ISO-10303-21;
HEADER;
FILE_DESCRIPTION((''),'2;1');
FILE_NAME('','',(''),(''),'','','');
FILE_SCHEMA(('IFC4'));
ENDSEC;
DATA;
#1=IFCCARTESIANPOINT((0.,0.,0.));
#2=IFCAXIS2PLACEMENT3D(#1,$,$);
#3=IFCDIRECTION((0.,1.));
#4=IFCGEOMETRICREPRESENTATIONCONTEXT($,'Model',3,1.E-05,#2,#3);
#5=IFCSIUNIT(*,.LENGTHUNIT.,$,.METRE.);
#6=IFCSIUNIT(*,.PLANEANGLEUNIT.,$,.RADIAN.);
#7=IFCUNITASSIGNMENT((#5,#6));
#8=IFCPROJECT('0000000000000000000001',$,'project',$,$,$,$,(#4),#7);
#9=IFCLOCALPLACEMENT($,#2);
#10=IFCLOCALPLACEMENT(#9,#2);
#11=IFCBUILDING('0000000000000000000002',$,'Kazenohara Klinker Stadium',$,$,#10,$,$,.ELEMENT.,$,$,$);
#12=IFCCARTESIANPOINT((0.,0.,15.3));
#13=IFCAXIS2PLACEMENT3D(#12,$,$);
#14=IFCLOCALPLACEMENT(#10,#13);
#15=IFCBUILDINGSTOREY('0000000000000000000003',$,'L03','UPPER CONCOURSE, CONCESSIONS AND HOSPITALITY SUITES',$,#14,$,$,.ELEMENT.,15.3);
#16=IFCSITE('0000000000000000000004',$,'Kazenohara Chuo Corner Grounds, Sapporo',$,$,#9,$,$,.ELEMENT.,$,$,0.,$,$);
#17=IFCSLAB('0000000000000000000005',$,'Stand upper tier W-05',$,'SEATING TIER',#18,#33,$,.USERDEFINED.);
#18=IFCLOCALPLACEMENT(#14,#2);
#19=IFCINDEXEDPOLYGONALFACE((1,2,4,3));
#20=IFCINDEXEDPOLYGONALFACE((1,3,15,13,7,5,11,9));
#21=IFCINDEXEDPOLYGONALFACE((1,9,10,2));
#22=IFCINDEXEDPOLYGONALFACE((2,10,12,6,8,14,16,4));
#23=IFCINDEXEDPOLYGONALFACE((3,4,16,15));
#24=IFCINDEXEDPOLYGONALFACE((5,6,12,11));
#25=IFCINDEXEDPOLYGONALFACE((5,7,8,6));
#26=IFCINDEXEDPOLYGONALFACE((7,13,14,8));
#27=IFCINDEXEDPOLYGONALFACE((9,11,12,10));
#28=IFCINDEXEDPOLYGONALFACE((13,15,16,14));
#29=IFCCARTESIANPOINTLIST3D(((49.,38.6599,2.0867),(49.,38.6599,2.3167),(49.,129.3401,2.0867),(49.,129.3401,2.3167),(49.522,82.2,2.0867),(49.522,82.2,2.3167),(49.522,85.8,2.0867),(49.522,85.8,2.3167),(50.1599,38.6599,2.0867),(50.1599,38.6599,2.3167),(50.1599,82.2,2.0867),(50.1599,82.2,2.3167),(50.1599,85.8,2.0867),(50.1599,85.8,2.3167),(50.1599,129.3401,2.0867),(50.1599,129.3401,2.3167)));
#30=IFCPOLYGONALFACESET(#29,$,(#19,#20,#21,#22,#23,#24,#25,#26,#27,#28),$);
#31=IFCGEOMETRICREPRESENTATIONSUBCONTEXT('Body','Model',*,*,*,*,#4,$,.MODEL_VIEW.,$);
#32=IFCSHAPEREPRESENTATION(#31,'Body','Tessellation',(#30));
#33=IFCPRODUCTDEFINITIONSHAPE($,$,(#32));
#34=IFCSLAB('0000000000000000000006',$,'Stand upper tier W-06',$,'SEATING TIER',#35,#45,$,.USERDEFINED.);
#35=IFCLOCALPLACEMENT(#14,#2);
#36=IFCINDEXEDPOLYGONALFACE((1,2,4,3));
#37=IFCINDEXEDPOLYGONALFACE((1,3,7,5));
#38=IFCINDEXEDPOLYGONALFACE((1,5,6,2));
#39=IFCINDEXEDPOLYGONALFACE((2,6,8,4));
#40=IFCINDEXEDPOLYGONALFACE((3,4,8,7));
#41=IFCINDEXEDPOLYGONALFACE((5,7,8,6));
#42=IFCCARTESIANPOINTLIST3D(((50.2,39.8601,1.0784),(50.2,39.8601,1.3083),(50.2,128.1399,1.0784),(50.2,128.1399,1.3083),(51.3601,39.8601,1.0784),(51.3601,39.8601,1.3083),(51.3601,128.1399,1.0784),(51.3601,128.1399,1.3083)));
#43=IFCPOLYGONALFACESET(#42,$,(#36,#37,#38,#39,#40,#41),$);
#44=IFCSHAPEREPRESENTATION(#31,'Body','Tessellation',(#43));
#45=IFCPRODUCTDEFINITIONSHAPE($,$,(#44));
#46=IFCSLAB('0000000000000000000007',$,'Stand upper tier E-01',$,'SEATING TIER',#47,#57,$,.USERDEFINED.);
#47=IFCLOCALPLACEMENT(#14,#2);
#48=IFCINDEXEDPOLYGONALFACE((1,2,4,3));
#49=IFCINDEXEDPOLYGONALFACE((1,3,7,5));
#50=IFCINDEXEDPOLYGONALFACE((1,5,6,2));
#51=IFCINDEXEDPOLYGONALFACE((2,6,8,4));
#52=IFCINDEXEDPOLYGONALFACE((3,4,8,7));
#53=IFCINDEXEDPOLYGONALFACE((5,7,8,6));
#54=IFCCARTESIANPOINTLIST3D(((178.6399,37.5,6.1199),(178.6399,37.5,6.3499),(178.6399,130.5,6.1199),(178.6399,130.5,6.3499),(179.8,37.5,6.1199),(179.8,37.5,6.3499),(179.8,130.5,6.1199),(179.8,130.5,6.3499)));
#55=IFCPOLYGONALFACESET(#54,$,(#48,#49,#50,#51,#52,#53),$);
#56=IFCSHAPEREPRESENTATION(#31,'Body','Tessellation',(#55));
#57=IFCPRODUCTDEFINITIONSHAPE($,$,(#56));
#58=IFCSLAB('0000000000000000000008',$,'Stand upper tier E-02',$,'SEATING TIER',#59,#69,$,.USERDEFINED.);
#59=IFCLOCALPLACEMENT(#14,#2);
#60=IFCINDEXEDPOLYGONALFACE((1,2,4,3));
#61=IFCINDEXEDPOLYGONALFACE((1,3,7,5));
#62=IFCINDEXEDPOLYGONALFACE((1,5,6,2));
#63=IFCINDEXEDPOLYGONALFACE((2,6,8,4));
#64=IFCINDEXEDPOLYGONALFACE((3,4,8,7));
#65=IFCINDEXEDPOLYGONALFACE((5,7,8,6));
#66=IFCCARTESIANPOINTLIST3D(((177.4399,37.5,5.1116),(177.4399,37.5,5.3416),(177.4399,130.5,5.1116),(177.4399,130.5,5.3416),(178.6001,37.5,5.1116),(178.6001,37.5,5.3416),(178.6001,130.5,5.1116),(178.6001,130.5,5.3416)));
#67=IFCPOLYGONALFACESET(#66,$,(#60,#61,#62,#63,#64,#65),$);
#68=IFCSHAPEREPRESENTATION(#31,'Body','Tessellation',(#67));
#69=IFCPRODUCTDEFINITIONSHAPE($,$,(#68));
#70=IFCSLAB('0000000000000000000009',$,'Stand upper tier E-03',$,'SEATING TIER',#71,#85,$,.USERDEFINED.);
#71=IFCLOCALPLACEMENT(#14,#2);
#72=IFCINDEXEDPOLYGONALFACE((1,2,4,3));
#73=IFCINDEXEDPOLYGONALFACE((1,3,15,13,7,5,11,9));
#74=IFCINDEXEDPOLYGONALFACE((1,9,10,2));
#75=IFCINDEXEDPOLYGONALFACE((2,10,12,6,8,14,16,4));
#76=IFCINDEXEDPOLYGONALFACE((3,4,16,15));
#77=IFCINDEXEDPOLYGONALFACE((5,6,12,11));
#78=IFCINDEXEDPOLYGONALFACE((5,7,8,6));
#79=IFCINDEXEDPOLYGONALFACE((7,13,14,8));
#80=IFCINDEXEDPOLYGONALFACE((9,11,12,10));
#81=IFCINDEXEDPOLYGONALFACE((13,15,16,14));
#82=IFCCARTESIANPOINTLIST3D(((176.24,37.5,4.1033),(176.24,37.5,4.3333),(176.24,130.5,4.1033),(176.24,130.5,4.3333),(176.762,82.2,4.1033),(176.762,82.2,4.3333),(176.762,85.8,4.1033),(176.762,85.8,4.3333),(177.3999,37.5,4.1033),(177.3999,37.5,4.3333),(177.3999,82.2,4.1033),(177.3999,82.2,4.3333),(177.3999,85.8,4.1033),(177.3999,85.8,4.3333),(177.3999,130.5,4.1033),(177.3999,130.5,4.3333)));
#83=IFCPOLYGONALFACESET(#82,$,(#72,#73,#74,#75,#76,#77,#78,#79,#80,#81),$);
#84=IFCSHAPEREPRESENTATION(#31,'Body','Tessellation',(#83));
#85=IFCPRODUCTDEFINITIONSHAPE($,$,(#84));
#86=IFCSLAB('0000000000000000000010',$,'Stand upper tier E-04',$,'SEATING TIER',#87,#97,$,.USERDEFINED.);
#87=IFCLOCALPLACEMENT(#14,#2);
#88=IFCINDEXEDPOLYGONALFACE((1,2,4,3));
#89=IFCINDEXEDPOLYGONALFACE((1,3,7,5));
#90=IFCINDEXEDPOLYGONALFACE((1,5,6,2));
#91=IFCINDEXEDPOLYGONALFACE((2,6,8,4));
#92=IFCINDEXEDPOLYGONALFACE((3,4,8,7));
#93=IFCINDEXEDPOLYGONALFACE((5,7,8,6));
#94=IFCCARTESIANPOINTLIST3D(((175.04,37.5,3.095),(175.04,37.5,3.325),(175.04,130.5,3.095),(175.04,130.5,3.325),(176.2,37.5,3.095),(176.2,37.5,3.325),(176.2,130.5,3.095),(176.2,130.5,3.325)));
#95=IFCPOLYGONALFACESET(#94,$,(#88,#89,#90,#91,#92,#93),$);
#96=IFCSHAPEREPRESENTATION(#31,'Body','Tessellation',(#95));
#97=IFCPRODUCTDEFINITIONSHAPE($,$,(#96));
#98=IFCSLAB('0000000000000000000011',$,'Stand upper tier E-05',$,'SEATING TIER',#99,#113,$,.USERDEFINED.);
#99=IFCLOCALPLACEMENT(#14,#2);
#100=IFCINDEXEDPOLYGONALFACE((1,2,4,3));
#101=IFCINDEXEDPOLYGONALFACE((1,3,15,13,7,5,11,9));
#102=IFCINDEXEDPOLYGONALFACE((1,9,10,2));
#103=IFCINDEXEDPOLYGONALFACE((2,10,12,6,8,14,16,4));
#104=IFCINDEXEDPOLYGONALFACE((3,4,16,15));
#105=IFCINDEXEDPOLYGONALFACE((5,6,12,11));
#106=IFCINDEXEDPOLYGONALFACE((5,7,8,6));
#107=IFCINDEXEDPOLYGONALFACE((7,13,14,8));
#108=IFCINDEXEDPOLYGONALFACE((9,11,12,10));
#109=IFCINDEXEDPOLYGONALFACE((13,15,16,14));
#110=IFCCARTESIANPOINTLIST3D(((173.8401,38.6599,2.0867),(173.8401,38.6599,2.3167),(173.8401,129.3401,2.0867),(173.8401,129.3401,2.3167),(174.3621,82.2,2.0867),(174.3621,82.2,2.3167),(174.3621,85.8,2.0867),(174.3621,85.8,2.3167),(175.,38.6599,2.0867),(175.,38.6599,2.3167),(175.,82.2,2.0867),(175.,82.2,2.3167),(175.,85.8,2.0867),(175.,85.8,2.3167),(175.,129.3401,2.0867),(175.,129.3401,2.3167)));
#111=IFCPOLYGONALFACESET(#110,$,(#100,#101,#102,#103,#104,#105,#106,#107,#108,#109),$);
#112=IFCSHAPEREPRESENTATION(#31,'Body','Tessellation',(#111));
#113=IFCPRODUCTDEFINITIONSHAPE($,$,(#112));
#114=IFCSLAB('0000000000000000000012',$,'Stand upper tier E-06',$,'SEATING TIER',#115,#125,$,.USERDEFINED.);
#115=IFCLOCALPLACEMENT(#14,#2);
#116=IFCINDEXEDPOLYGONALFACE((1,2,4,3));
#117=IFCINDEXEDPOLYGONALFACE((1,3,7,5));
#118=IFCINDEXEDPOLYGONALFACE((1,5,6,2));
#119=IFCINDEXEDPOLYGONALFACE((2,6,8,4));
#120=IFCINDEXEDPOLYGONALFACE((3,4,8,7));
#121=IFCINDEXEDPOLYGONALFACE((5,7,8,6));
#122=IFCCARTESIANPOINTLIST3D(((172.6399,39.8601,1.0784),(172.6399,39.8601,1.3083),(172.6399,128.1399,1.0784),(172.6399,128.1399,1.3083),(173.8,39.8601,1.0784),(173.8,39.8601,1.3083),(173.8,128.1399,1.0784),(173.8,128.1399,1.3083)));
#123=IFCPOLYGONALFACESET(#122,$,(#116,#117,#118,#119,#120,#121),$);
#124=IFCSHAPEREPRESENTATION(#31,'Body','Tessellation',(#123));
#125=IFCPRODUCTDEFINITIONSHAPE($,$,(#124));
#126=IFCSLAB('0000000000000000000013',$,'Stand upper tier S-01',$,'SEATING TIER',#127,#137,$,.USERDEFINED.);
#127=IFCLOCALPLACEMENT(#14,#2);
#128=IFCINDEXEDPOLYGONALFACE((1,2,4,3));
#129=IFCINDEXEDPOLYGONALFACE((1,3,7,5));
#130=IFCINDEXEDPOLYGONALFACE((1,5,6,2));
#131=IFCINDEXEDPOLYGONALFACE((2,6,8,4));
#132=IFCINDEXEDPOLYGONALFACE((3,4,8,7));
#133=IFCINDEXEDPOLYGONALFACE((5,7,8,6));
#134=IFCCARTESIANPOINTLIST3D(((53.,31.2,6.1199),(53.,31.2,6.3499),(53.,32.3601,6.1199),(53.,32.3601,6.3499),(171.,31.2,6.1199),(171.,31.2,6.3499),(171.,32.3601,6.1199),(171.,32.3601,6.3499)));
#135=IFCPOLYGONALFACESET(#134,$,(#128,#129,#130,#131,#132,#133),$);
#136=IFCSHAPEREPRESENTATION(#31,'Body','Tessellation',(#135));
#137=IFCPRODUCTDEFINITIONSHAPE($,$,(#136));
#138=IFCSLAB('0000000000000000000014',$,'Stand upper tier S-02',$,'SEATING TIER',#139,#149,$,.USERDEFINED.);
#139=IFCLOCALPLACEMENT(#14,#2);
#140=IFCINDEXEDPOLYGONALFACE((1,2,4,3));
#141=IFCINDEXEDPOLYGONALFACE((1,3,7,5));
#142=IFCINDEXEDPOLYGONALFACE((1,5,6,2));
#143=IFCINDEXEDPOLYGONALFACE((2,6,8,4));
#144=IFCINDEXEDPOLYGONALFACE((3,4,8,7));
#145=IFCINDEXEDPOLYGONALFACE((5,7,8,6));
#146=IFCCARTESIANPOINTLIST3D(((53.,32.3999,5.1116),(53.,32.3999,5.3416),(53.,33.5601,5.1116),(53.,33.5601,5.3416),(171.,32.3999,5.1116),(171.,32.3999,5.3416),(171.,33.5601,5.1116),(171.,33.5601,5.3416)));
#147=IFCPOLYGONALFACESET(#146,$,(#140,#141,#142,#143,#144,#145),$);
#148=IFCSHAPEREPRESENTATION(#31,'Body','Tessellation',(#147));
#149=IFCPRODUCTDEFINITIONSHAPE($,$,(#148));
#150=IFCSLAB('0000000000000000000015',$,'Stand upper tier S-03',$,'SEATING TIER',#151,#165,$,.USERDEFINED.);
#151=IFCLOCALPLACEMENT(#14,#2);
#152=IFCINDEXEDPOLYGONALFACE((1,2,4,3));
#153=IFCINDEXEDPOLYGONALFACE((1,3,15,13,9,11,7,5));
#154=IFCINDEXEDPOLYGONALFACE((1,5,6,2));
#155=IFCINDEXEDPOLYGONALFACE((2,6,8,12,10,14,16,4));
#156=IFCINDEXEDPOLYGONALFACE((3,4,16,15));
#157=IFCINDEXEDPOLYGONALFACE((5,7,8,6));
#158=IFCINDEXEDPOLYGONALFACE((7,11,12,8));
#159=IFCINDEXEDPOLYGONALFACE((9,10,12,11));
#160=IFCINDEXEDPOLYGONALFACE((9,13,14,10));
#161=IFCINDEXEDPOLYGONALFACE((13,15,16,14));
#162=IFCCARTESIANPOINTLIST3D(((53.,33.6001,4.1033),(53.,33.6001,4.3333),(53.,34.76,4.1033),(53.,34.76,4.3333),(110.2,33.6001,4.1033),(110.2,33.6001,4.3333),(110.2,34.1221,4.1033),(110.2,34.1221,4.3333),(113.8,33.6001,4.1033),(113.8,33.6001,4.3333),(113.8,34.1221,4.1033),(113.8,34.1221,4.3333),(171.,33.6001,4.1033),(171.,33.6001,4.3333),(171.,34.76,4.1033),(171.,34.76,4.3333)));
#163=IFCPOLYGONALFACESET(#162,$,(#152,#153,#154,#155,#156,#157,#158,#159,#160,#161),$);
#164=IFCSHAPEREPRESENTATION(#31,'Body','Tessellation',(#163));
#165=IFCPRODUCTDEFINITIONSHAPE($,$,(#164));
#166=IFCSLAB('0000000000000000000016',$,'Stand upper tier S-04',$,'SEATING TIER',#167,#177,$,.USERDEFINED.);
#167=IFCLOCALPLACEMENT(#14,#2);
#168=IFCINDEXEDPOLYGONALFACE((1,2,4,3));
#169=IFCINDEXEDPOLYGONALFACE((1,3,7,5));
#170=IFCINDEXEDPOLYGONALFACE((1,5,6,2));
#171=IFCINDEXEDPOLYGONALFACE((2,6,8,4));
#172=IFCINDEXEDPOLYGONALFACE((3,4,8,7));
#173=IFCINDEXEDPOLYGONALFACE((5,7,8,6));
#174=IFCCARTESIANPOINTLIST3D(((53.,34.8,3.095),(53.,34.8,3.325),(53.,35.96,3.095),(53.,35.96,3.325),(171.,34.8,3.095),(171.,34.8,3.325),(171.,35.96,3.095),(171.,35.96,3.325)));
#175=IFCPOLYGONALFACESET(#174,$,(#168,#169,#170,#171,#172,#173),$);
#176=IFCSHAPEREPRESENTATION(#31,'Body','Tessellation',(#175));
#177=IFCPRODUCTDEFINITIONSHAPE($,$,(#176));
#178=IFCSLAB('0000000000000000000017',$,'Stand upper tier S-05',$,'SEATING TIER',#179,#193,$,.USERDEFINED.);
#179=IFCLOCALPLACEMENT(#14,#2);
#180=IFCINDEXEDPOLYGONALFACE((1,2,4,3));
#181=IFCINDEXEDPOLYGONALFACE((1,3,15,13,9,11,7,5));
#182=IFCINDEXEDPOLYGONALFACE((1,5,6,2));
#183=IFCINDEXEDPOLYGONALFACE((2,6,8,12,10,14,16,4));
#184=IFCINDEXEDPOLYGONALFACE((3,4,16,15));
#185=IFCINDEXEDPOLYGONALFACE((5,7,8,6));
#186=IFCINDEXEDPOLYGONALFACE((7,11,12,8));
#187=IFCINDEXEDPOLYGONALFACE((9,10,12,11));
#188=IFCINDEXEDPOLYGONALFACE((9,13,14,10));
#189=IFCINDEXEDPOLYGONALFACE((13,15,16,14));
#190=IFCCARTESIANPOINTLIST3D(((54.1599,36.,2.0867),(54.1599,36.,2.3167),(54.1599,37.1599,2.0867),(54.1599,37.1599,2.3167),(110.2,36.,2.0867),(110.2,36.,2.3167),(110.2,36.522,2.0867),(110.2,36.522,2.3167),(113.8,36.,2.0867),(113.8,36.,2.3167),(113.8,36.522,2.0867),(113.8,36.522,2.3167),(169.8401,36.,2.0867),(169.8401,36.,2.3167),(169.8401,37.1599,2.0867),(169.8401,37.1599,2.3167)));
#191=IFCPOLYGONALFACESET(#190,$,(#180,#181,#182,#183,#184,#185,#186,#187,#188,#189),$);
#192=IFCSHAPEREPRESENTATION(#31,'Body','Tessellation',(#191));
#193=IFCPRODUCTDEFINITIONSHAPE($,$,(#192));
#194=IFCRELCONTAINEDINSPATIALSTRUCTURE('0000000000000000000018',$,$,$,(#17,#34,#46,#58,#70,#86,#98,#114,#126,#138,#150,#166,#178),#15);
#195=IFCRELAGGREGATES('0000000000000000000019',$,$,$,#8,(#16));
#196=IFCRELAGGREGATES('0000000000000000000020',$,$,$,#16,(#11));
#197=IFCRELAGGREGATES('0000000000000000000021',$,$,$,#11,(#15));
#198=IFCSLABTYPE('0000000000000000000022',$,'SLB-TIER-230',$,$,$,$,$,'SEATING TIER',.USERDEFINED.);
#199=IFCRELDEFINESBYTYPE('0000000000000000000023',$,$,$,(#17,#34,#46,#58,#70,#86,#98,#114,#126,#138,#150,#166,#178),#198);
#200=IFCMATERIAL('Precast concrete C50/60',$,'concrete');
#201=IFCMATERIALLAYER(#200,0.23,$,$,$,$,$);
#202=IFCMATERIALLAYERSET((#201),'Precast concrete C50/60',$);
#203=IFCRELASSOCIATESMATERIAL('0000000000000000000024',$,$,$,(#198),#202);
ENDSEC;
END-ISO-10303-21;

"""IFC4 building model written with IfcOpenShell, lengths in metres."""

from ifc_helpers import new_model, si_unit, direction, frame, origin, place, context, subcontext, project, spatial, polyline, outline, extrude, material, layer, layer_set, type_object, element, save


model = new_model("IFC4")

# Units and contexts
model_context = context("Model", 3, precision=1e-05, world=origin(), true_north=direction((0.0, 1.0)))
body_context = subcontext(model_context, "Body", "Model", "MODEL_VIEW")
ifc_project = project(units=[si_unit("LENGTHUNIT", "METRE"), si_unit("PLANEANGLEUNIT", "RADIAN")], contexts=[model_context])

# Site, building, storey
site_placement = place(None, origin())
site = spatial("IfcSite", under=ifc_project, at=site_placement, Name="Kazenohara Chuo Corner Grounds, Sapporo", CompositionType="ELEMENT", RefElevation=0.0)
building_placement = place(site_placement, origin())
building = spatial("IfcBuilding", under=site, at=building_placement, Name="Kazenohara Klinker Stadium", CompositionType="ELEMENT")
storey_placement = place(building_placement, frame((0.0, 0.0, 15.3)))
storey = spatial("IfcBuildingStorey", under=building, at=storey_placement, Name="L03", Description="UPPER CONCOURSE, CONCESSIONS AND HOSPITALITY SUITES", CompositionType="ELEMENT", Elevation=15.3)

# Slabs
ifc_material_1 = material(Name="Precast concrete C50/60", Category="concrete")
ifc_layer_1 = layer(ifc_material_1, 0.23)
ifc_layer_set_1 = layer_set([ifc_layer_1], Name="Precast concrete C50/60")
slab_type_1 = type_object("IfcSlabType", Name="SLB-TIER-230", ElementType="SEATING TIER", PredefinedType="USERDEFINED", material=ifc_layer_set_1)
slab_1_placement = place(storey_placement, frame((0.0, 0.0, 2.0867)))
element("IfcSlab", 1, at=slab_1_placement, inside=storey, type_object=slab_type_1, Name="Stand upper tier W-05", ObjectType="SEATING TIER", PredefinedType="USERDEFINED", context=body_context, shape_type="SweptSolid", body=[
    extrude(outline(polyline([(49.0, 38.6599), (50.1599, 38.6599), (50.1599, 82.2), (49.522, 82.2), (49.522, 85.8), (50.1599, 85.8), (50.1599, 129.3401), (49.0, 129.3401), (49.0, 38.6599)])), origin(), (0.0, 0.0, 1.0), 0.23),
])
slab_2_placement = place(storey_placement, frame((0.0, 0.0, 1.0784)))
element("IfcSlab", 2, at=slab_2_placement, inside=storey, type_object=slab_type_1, Name="Stand upper tier W-06", ObjectType="SEATING TIER", PredefinedType="USERDEFINED", context=body_context, shape_type="SweptSolid", body=[
    extrude(outline(polyline([(50.2, 39.8601), (51.3601, 39.8601), (51.3601, 128.1399), (50.2, 128.1399), (50.2, 39.8601)])), origin(), (0.0, 0.0, 1.0), 0.23),
])
slab_3_placement = place(storey_placement, frame((0.0, 0.0, 6.1199)))
element("IfcSlab", 3, at=slab_3_placement, inside=storey, type_object=slab_type_1, Name="Stand upper tier E-01", ObjectType="SEATING TIER", PredefinedType="USERDEFINED", context=body_context, shape_type="SweptSolid", body=[
    extrude(outline(polyline([(178.6399, 37.5), (179.8, 37.5), (179.8, 130.5), (178.6399, 130.5), (178.6399, 37.5)])), origin(), (0.0, 0.0, 1.0), 0.23),
])
slab_4_placement = place(storey_placement, frame((0.0, 0.0, 5.1116)))
element("IfcSlab", 4, at=slab_4_placement, inside=storey, type_object=slab_type_1, Name="Stand upper tier E-02", ObjectType="SEATING TIER", PredefinedType="USERDEFINED", context=body_context, shape_type="SweptSolid", body=[
    extrude(outline(polyline([(177.4399, 37.5), (178.6001, 37.5), (178.6001, 130.5), (177.4399, 130.5), (177.4399, 37.5)])), origin(), (0.0, 0.0, 1.0), 0.23),
])
slab_5_placement = place(storey_placement, frame((0.0, 0.0, 4.1033)))
element("IfcSlab", 5, at=slab_5_placement, inside=storey, type_object=slab_type_1, Name="Stand upper tier E-03", ObjectType="SEATING TIER", PredefinedType="USERDEFINED", context=body_context, shape_type="SweptSolid", body=[
    extrude(outline(polyline([(176.24, 37.5), (177.3999, 37.5), (177.3999, 82.2), (176.762, 82.2), (176.762, 85.8), (177.3999, 85.8), (177.3999, 130.5), (176.24, 130.5), (176.24, 37.5)])), origin(), (0.0, 0.0, 1.0), 0.23),
])
slab_6_placement = place(storey_placement, frame((0.0, 0.0, 3.095)))
element("IfcSlab", 6, at=slab_6_placement, inside=storey, type_object=slab_type_1, Name="Stand upper tier E-04", ObjectType="SEATING TIER", PredefinedType="USERDEFINED", context=body_context, shape_type="SweptSolid", body=[
    extrude(outline(polyline([(175.04, 37.5), (176.2, 37.5), (176.2, 130.5), (175.04, 130.5), (175.04, 37.5)])), origin(), (0.0, 0.0, 1.0), 0.23),
])
slab_7_placement = place(storey_placement, frame((0.0, 0.0, 2.0867)))
element("IfcSlab", 7, at=slab_7_placement, inside=storey, type_object=slab_type_1, Name="Stand upper tier E-05", ObjectType="SEATING TIER", PredefinedType="USERDEFINED", context=body_context, shape_type="SweptSolid", body=[
    extrude(outline(polyline([(173.8401, 38.6599), (175.0, 38.6599), (175.0, 82.2), (174.3621, 82.2), (174.3621, 85.8), (175.0, 85.8), (175.0, 129.3401), (173.8401, 129.3401), (173.8401, 38.6599)])), origin(), (0.0, 0.0, 1.0), 0.23),
])
slab_8_placement = place(storey_placement, frame((0.0, 0.0, 1.0784)))
element("IfcSlab", 8, at=slab_8_placement, inside=storey, type_object=slab_type_1, Name="Stand upper tier E-06", ObjectType="SEATING TIER", PredefinedType="USERDEFINED", context=body_context, shape_type="SweptSolid", body=[
    extrude(outline(polyline([(172.6399, 39.8601), (173.8, 39.8601), (173.8, 128.1399), (172.6399, 128.1399), (172.6399, 39.8601)])), origin(), (0.0, 0.0, 1.0), 0.23),
])
slab_9_placement = place(storey_placement, frame((0.0, 0.0, 6.1199)))
element("IfcSlab", 9, at=slab_9_placement, inside=storey, type_object=slab_type_1, Name="Stand upper tier S-01", ObjectType="SEATING TIER", PredefinedType="USERDEFINED", context=body_context, shape_type="SweptSolid", body=[
    extrude(outline(polyline([(53.0, 31.2), (171.0, 31.2), (171.0, 32.3601), (53.0, 32.3601), (53.0, 31.2)])), origin(), (0.0, 0.0, 1.0), 0.23),
])
slab_10_placement = place(storey_placement, frame((0.0, 0.0, 5.1116)))
element("IfcSlab", 10, at=slab_10_placement, inside=storey, type_object=slab_type_1, Name="Stand upper tier S-02", ObjectType="SEATING TIER", PredefinedType="USERDEFINED", context=body_context, shape_type="SweptSolid", body=[
    extrude(outline(polyline([(53.0, 32.3999), (171.0, 32.3999), (171.0, 33.5601), (53.0, 33.5601), (53.0, 32.3999)])), origin(), (0.0, 0.0, 1.0), 0.23),
])
slab_11_placement = place(storey_placement, frame((0.0, 0.0, 4.1033)))
element("IfcSlab", 11, at=slab_11_placement, inside=storey, type_object=slab_type_1, Name="Stand upper tier S-03", ObjectType="SEATING TIER", PredefinedType="USERDEFINED", context=body_context, shape_type="SweptSolid", body=[
    extrude(outline(polyline([(53.0, 33.6001), (110.2, 33.6001), (110.2, 34.1221), (113.8, 34.1221), (113.8, 33.6001), (171.0, 33.6001), (171.0, 34.76), (53.0, 34.76), (53.0, 33.6001)])), origin(), (0.0, 0.0, 1.0), 0.23),
])
slab_12_placement = place(storey_placement, frame((0.0, 0.0, 3.095)))
element("IfcSlab", 12, at=slab_12_placement, inside=storey, type_object=slab_type_1, Name="Stand upper tier S-04", ObjectType="SEATING TIER", PredefinedType="USERDEFINED", context=body_context, shape_type="SweptSolid", body=[
    extrude(outline(polyline([(53.0, 34.8), (171.0, 34.8), (171.0, 35.96), (53.0, 35.96), (53.0, 34.8)])), origin(), (0.0, 0.0, 1.0), 0.23),
])
slab_13_placement = place(storey_placement, frame((0.0, 0.0, 2.0867)))
element("IfcSlab", 13, at=slab_13_placement, inside=storey, type_object=slab_type_1, Name="Stand upper tier S-05", ObjectType="SEATING TIER", PredefinedType="USERDEFINED", context=body_context, shape_type="SweptSolid", body=[
    extrude(outline(polyline([(54.1599, 36.0), (110.2, 36.0), (110.2, 36.522), (113.8, 36.522), (113.8, 36.0), (169.8401, 36.0), (169.8401, 37.1599), (54.1599, 37.1599), (54.1599, 36.0)])), origin(), (0.0, 0.0, 1.0), 0.23),
])

save(model, "model.ifc")
